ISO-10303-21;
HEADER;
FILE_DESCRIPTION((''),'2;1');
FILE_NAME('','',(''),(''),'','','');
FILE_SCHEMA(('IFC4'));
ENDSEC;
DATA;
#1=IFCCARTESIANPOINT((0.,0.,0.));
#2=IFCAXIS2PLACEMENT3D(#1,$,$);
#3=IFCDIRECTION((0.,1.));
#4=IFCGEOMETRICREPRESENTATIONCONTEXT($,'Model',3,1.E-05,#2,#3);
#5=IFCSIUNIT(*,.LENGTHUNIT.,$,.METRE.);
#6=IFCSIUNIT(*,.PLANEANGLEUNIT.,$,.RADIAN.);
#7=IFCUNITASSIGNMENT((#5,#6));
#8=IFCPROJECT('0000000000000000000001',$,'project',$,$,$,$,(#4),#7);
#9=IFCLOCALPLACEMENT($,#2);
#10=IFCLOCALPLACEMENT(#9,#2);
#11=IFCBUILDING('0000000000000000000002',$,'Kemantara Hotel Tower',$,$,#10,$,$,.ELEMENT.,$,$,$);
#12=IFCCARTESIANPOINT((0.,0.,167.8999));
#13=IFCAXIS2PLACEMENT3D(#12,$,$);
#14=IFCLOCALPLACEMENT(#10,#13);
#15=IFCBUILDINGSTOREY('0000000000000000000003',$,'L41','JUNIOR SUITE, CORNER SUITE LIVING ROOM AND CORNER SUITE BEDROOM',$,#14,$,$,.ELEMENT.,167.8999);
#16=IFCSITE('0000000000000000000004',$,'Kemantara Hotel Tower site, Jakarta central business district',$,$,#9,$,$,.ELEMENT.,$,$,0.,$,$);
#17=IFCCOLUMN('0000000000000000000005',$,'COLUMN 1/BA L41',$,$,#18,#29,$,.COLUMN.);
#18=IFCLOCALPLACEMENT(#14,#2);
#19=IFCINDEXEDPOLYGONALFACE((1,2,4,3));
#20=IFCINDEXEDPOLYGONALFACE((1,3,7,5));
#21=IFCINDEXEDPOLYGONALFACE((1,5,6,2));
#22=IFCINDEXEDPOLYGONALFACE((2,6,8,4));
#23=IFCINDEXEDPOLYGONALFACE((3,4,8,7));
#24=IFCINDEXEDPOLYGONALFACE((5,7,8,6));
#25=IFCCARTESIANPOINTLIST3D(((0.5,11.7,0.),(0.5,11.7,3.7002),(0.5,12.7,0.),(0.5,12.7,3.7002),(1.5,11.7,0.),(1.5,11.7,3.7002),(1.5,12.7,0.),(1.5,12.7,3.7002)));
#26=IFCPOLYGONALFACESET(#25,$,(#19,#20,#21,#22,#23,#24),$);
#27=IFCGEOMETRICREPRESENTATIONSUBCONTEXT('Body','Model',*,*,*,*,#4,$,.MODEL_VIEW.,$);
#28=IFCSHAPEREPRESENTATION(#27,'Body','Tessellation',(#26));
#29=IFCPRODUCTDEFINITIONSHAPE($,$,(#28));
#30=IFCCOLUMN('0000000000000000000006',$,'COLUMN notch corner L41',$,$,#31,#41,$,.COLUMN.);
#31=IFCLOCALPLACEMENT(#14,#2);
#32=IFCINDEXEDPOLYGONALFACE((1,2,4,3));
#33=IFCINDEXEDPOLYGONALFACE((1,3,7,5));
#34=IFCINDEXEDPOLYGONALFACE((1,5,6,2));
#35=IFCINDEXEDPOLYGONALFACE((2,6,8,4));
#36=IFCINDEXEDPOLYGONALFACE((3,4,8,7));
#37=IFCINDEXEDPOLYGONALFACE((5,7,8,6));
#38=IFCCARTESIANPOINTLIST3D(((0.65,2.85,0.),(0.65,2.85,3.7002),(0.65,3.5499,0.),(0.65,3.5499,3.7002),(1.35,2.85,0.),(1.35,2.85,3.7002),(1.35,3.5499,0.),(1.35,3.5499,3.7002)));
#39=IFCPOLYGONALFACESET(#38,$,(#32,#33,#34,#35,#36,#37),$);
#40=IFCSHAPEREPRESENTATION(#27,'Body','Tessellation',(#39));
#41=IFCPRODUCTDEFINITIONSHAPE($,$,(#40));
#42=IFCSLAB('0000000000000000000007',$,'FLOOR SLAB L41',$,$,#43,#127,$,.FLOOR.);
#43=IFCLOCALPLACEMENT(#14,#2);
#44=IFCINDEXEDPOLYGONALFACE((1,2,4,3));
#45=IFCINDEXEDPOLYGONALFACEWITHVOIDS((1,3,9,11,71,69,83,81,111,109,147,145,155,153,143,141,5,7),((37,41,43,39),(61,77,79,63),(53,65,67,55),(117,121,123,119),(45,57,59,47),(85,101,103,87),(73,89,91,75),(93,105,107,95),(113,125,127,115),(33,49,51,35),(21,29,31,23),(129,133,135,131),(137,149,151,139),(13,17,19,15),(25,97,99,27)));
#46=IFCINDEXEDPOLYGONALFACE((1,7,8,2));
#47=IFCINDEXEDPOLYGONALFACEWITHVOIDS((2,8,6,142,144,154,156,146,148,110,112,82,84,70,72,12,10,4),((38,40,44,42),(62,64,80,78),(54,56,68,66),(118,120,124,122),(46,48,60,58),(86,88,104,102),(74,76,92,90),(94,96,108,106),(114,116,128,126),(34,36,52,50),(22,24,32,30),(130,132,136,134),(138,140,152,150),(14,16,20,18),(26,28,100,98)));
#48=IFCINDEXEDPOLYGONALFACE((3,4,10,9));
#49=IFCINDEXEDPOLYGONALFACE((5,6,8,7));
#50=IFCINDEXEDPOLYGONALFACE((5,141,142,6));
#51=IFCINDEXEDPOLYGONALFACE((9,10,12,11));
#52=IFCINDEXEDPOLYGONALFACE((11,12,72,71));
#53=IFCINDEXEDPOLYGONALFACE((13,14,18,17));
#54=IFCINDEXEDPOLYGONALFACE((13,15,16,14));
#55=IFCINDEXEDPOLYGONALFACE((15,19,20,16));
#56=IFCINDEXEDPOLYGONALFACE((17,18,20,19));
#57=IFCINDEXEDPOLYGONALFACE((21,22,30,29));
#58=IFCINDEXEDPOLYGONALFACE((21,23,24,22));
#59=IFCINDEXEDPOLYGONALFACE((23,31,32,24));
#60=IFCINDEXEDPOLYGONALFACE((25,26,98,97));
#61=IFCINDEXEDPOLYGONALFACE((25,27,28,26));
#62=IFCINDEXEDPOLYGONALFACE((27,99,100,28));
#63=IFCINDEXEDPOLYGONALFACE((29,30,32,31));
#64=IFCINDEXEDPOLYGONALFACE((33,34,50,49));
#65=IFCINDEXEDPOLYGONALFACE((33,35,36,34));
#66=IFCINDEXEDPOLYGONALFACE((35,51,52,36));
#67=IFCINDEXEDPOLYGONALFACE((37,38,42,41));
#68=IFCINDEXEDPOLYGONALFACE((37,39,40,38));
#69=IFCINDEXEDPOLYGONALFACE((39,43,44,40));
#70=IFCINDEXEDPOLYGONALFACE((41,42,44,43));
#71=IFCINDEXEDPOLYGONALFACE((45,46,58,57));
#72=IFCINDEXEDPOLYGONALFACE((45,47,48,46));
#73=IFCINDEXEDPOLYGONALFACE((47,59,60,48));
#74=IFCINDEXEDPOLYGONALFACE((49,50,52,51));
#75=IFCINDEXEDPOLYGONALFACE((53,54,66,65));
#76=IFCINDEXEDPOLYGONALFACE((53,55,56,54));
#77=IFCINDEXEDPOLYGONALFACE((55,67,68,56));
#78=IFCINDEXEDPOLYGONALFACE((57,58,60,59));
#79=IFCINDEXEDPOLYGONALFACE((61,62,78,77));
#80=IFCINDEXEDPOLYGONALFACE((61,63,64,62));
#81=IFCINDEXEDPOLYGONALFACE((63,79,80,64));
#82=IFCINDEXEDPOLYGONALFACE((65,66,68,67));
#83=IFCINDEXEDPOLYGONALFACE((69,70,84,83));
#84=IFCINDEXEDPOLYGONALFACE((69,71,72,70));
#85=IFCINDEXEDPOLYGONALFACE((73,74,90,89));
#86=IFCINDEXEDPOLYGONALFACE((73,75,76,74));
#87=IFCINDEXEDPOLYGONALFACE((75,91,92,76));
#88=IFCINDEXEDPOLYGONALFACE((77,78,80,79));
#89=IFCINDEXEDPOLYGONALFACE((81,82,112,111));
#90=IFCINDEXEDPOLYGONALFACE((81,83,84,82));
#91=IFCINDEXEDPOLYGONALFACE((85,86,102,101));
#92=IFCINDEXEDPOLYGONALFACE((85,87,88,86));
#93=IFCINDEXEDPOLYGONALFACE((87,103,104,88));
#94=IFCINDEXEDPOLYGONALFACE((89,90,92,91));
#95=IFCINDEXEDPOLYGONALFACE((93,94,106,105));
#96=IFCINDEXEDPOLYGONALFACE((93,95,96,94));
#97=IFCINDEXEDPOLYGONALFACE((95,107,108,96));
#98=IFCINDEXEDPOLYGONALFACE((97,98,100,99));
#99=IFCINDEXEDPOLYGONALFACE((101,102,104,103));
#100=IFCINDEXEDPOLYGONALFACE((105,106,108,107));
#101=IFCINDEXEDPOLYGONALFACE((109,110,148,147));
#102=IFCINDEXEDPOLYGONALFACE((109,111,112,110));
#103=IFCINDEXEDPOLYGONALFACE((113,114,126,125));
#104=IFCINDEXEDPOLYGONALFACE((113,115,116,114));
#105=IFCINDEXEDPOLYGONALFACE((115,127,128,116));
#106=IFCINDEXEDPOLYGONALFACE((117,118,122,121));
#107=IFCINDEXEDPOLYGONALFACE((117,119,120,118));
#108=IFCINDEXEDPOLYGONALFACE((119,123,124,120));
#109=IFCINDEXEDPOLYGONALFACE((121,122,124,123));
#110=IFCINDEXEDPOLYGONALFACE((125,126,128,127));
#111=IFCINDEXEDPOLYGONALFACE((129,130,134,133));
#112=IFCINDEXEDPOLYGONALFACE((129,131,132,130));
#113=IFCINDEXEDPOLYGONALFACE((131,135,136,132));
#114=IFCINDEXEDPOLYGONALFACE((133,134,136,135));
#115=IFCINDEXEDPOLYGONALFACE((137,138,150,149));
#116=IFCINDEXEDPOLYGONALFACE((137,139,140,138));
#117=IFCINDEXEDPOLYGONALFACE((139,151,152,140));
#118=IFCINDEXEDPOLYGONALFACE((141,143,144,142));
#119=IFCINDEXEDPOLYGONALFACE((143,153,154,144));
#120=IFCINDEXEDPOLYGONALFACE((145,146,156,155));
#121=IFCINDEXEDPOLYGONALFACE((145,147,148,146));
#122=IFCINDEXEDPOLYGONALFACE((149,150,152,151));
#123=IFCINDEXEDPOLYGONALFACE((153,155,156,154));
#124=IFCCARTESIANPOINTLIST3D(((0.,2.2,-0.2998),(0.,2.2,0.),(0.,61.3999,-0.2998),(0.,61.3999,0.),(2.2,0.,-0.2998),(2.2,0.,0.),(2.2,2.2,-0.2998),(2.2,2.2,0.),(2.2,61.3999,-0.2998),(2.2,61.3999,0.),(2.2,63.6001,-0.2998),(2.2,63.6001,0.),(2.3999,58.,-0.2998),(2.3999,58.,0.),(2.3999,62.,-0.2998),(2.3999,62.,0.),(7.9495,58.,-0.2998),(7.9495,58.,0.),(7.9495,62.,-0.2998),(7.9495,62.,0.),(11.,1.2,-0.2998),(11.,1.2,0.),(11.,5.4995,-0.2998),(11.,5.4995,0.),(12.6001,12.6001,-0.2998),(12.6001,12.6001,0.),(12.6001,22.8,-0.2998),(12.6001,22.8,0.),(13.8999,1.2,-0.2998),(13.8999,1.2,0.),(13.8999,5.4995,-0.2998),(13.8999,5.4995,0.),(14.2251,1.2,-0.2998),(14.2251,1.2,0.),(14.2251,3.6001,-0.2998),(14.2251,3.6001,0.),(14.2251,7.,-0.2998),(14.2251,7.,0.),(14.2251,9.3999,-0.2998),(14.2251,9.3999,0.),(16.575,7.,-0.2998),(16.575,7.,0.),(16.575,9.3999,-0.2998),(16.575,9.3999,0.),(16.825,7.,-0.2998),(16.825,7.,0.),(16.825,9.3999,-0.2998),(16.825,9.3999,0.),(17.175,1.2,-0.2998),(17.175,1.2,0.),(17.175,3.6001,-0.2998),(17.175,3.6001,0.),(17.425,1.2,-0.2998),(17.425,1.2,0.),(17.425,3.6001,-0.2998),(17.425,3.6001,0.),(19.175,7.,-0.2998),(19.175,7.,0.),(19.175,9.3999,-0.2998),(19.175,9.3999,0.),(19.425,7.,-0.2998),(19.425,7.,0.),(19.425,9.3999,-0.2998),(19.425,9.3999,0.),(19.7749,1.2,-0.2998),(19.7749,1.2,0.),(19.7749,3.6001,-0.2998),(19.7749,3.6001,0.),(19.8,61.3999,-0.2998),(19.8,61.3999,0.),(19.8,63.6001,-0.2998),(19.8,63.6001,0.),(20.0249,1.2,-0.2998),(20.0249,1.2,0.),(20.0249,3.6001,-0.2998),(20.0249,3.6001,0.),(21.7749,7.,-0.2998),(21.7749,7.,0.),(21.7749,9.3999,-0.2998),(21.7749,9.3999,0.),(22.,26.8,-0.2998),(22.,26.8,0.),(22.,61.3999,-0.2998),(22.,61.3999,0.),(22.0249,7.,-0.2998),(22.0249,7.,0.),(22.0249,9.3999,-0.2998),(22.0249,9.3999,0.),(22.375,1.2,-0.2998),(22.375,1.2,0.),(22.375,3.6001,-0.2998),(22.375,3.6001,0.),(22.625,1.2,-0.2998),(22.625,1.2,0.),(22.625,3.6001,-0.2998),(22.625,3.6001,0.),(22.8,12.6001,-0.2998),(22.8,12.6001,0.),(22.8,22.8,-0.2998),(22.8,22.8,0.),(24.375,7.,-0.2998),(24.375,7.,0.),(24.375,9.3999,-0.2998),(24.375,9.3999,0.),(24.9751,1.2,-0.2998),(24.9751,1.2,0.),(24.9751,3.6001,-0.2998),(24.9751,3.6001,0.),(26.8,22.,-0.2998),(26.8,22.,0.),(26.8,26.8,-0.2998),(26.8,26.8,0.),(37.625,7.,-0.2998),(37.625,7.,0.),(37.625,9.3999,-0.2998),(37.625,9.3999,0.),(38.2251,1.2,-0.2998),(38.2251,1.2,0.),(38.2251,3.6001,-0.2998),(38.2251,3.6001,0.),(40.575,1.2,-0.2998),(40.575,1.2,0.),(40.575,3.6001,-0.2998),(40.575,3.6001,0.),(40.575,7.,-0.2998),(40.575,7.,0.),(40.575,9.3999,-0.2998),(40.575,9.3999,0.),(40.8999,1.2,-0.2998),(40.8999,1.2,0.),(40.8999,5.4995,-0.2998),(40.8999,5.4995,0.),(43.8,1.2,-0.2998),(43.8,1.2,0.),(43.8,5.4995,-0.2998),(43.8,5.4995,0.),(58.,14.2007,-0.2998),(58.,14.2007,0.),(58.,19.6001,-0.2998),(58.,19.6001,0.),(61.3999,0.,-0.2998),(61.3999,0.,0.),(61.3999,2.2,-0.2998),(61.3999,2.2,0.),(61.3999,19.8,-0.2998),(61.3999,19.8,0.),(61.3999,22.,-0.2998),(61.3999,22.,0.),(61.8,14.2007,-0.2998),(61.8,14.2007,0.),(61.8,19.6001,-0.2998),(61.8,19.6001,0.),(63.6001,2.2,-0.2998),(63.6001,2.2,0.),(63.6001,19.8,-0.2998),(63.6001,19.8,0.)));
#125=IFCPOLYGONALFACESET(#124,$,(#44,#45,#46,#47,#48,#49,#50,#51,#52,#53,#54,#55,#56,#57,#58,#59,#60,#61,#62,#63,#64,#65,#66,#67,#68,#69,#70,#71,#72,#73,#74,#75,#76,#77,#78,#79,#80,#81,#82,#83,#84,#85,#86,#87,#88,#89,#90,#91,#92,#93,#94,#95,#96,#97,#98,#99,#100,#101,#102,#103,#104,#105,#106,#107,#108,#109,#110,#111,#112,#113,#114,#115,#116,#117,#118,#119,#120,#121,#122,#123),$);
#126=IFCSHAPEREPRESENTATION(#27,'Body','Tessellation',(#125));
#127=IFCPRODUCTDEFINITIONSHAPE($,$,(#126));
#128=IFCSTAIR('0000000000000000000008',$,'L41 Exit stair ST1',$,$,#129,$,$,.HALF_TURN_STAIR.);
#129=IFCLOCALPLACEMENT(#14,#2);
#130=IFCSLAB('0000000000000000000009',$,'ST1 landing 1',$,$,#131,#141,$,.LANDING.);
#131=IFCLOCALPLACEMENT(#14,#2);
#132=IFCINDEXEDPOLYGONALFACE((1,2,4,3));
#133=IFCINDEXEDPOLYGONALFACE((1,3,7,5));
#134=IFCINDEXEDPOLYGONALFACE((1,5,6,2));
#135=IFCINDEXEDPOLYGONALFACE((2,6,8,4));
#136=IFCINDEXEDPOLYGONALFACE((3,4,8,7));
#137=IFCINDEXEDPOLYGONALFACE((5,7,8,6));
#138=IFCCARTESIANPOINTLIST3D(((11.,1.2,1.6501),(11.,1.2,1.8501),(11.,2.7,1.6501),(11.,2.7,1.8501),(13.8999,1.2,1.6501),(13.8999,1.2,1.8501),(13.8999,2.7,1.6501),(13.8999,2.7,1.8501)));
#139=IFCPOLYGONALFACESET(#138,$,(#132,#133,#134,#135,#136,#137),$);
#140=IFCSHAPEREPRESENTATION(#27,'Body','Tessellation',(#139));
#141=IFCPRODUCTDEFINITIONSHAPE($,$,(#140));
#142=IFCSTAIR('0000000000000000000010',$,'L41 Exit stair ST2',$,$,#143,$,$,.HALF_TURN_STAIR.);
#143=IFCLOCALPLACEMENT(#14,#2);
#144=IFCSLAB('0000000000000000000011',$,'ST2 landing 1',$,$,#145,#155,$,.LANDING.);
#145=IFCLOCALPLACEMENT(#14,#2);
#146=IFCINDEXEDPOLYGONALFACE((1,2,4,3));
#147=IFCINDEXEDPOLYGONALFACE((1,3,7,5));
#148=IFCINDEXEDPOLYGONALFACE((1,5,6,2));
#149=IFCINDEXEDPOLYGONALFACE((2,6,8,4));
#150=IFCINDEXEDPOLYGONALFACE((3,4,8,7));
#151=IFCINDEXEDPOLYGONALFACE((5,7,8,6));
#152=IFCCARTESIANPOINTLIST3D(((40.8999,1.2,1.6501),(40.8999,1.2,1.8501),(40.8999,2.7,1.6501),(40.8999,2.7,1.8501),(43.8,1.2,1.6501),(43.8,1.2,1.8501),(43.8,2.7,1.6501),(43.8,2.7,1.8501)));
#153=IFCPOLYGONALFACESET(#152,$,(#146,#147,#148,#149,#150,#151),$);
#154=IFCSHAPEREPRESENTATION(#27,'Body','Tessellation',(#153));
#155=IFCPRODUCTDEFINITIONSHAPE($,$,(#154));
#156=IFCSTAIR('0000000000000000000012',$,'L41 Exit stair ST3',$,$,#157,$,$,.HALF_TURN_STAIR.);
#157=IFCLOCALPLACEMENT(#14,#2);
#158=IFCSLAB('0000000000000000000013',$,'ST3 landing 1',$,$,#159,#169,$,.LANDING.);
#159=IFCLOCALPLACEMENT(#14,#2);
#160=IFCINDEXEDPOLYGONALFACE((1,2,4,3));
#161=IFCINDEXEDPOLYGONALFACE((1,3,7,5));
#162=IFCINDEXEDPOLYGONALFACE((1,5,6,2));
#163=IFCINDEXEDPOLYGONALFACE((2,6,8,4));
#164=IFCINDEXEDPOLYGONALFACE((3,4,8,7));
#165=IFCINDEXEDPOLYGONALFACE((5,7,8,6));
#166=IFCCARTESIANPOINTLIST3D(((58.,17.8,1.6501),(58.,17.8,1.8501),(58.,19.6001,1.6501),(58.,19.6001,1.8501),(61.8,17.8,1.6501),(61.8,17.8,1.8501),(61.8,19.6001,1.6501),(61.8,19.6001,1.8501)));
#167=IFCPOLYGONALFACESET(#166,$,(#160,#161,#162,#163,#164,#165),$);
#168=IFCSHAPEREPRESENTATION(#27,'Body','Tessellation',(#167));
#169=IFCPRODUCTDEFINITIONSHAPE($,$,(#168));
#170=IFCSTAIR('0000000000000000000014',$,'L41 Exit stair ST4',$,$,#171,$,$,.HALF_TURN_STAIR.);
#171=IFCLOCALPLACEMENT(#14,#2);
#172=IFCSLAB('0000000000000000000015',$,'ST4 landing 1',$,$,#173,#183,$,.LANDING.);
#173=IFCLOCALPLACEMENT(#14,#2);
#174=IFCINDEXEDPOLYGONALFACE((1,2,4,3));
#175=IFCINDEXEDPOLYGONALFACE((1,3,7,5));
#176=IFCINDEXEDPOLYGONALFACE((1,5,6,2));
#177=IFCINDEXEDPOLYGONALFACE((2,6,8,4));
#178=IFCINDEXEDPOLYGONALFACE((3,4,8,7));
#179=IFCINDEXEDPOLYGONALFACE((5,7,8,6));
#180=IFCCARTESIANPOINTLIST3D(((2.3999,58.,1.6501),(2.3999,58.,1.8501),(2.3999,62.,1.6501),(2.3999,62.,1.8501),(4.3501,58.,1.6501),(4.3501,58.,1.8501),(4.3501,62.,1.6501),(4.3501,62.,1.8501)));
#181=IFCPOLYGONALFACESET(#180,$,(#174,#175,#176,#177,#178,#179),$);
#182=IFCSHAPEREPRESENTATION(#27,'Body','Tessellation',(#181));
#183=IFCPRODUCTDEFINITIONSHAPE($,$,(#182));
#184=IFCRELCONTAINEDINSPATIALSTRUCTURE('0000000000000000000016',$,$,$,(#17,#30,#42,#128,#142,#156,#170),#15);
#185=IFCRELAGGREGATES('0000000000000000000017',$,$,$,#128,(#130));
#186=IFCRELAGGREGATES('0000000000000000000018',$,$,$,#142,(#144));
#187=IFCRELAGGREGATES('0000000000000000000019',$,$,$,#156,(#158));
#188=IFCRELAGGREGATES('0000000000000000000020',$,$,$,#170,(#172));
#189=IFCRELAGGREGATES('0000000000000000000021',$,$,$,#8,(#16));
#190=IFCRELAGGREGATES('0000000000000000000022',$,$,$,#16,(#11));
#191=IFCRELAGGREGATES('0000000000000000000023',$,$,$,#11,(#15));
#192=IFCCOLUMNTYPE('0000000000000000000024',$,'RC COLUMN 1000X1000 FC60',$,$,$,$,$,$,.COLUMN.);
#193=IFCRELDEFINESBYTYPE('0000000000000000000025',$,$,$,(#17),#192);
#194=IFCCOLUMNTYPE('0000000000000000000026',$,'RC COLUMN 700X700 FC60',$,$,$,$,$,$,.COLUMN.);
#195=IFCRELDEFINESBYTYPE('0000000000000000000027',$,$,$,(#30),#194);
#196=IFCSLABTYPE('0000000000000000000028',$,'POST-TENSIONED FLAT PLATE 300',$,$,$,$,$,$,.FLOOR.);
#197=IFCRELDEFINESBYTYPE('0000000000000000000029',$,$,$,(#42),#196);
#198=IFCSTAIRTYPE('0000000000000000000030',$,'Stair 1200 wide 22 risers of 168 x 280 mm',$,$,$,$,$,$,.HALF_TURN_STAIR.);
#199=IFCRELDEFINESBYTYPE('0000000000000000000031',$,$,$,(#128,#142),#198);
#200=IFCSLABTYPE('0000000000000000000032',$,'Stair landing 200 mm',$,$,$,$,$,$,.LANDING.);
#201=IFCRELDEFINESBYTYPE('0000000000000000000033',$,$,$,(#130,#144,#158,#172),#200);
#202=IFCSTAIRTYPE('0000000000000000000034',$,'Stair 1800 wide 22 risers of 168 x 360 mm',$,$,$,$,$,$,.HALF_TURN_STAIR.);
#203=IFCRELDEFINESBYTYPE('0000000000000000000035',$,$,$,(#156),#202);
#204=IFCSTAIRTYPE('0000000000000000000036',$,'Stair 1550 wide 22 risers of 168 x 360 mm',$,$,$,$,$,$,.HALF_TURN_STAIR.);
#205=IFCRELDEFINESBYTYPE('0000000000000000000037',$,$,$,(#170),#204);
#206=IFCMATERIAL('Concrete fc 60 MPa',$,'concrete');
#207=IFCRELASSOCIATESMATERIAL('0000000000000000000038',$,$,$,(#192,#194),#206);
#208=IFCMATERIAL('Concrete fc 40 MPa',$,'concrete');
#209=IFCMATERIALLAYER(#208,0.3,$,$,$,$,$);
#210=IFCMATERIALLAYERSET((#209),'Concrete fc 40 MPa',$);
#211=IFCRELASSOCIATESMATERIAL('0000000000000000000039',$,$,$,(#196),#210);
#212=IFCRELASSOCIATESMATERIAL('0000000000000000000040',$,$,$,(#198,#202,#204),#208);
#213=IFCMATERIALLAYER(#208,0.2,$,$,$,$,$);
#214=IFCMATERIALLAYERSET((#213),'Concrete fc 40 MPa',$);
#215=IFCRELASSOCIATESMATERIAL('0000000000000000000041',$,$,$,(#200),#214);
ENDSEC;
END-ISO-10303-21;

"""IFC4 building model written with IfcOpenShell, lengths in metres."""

from ifc_helpers import new_model, si_unit, direction, frame, origin, origin_2d, place, context, subcontext, project, spatial, polyline, rectangle, outline, extrude, material, layer, layer_set, material_profile, profile_set, type_object, element, aggregate, save


model = new_model("IFC4")

# Units and contexts
model_context = context("Model", 3, precision=1e-05, world=origin(), true_north=direction((0.0, 1.0)))
body_context = subcontext(model_context, "Body", "Model", "MODEL_VIEW")
ifc_project = project(units=[si_unit("LENGTHUNIT", "METRE"), si_unit("PLANEANGLEUNIT", "RADIAN")], contexts=[model_context])

# Site, building, storey
site_placement = place(None, origin())
site = spatial("IfcSite", under=ifc_project, at=site_placement, Name="Kemantara Hotel Tower site, Jakarta central business district", CompositionType="ELEMENT", RefElevation=0.0)
building_placement = place(site_placement, origin())
building = spatial("IfcBuilding", under=site, at=building_placement, Name="Kemantara Hotel Tower", CompositionType="ELEMENT")
storey_placement = place(building_placement, frame((0.0, 0.0, 167.8999)))
storey = spatial("IfcBuildingStorey", under=building, at=storey_placement, Name="L41", Description="JUNIOR SUITE, CORNER SUITE LIVING ROOM AND CORNER SUITE BEDROOM", CompositionType="ELEMENT", Elevation=167.8999)

# Columns
ifc_material_1 = material(Name="Concrete fc 60 MPa", Category="concrete")
ifc_material_profile_1 = material_profile(ifc_material_1, rectangle(XDim=1.0, YDim=1.0, at=origin_2d()), Name="RC 1000X1000")
ifc_profile_set_1 = profile_set([ifc_material_profile_1], Name="Concrete fc 60 MPa")
column_type_1 = type_object("IfcColumnType", Name="RC COLUMN 1000X1000 FC60", PredefinedType="COLUMN", material=ifc_profile_set_1)
column_1_placement = place(storey_placement, frame((1.0, 12.2, 0.0), z_axis=(0.0, 0.0, 1.0), x_axis=(1.0, 0.0, 0.0)))
element("IfcColumn", 1, at=column_1_placement, inside=storey, type_object=column_type_1, Name="COLUMN 1/BA L41", PredefinedType="COLUMN", context=body_context, shape_type="SweptSolid", body=[
    extrude(rectangle(XDim=1.0, YDim=1.0, at=origin_2d()), origin(), (0.0, 0.0, 1.0), 3.7002),
])
ifc_material_profile_2 = material_profile(ifc_material_1, rectangle(XDim=0.7, YDim=0.7, at=origin_2d()), Name="RC 700X700")
ifc_profile_set_2 = profile_set([ifc_material_profile_2], Name="Concrete fc 60 MPa")
column_type_2 = type_object("IfcColumnType", Name="RC COLUMN 700X700 FC60", PredefinedType="COLUMN", material=ifc_profile_set_2)
column_2_placement = place(storey_placement, frame((1.0, 3.2, 0.0), z_axis=(0.0, 0.0, 1.0), x_axis=(1.0, 0.0, 0.0)))
element("IfcColumn", 2, at=column_2_placement, inside=storey, type_object=column_type_2, Name="COLUMN notch corner L41", PredefinedType="COLUMN", context=body_context, shape_type="SweptSolid", body=[
    extrude(rectangle(XDim=0.7, YDim=0.7, at=origin_2d()), origin(), (0.0, 0.0, 1.0), 3.7002),
])

# Slab
ifc_material_2 = material(Name="Concrete fc 40 MPa", Category="concrete")
ifc_layer_1 = layer(ifc_material_2, 0.3)
ifc_layer_set_1 = layer_set([ifc_layer_1], Name="Concrete fc 40 MPa")
slab_type_1 = type_object("IfcSlabType", Name="POST-TENSIONED FLAT PLATE 300", PredefinedType="FLOOR", material=ifc_layer_set_1)
slab_1_placement = place(storey_placement, frame((0.0, 0.0, -0.2998)))
element("IfcSlab", 3, at=slab_1_placement, inside=storey, type_object=slab_type_1, Name="FLOOR SLAB L41", PredefinedType="FLOOR", context=body_context, shape_type="SweptSolid", body=[
    extrude(outline(polyline([(22.0, 26.8), (22.0, 61.3999), (19.8, 61.3999), (19.8, 63.6001), (2.2, 63.6001), (2.2, 61.3999), (0.0, 61.3999), (0.0, 2.2), (2.2, 2.2), (2.2, 0.0), (61.3999, 0.0), (61.3999, 2.2), (63.6001, 2.2), (63.6001, 19.8), (61.3999, 19.8), (61.3999, 22.0), (26.8, 22.0), (26.8, 26.8), (22.0, 26.8)]), holes=[polyline([(17.175, 3.6001), (17.175, 1.2), (14.2251, 1.2), (14.2251, 3.6001), (17.175, 3.6001)]), polyline([(19.7749, 1.2), (17.425, 1.2), (17.425, 3.6001), (19.7749, 3.6001), (19.7749, 1.2)]), polyline([(11.0, 1.2), (11.0, 5.4995), (13.8999, 5.4995), (13.8999, 1.2), (11.0, 1.2)]), polyline([(16.575, 7.0), (14.2251, 7.0), (14.2251, 9.3999), (16.575, 9.3999), (16.575, 7.0)]), polyline([(19.175, 7.0), (16.825, 7.0), (16.825, 9.3999), (19.175, 9.3999), (19.175, 7.0)]), polyline([(21.7749, 7.0), (19.425, 7.0), (19.425, 9.3999), (21.7749, 9.3999), (21.7749, 7.0)]), polyline([(22.8, 12.6001), (12.6001, 12.6001), (12.6001, 22.8), (22.8, 22.8), (22.8, 12.6001)]), polyline([(2.3999, 62.0), (7.9495, 62.0), (7.9495, 58.0), (2.3999, 58.0), (2.3999, 62.0)]), polyline([(22.375, 1.2), (20.0249, 1.2), (20.0249, 3.6001), (22.375, 3.6001), (22.375, 1.2)]), polyline([(24.9751, 1.2), (22.625, 1.2), (22.625, 3.6001), (24.9751, 3.6001), (24.9751, 1.2)]), polyline([(40.575, 1.2), (38.2251, 1.2), (38.2251, 3.6001), (40.575, 3.6001), (40.575, 1.2)]), polyline([(40.8999, 1.2), (40.8999, 5.4995), (43.8, 5.4995), (43.8, 1.2), (40.8999, 1.2)]), polyline([(24.375, 7.0), (22.0249, 7.0), (22.0249, 9.3999), (24.375, 9.3999), (24.375, 7.0)]), polyline([(40.575, 7.0), (37.625, 7.0), (37.625, 9.3999), (40.575, 9.3999), (40.575, 7.0)]), polyline([(61.8, 19.6001), (61.8, 14.2007), (58.0, 14.2007), (58.0, 19.6001), (61.8, 19.6001)])]), origin(), (0.0, 0.0, 1.0), 0.2998),
])

# Stairs, slabs
stair_type_1 = type_object("IfcStairType", Name="Stair 1200 wide 22 risers of 168 x 280 mm", PredefinedType="HALF_TURN_STAIR", material=ifc_material_2)
stair_1_placement = place(storey_placement, origin())
stair_1 = element("IfcStair", 4, at=stair_1_placement, inside=storey, type_object=stair_type_1, Name="L41 Exit stair ST1", PredefinedType="HALF_TURN_STAIR")
ifc_layer_2 = layer(ifc_material_2, 0.2)
ifc_layer_set_2 = layer_set([ifc_layer_2], Name="Concrete fc 40 MPa")
slab_type_2 = type_object("IfcSlabType", Name="Stair landing 200 mm", PredefinedType="LANDING", material=ifc_layer_set_2)
slab_2_placement = place(storey_placement, frame((0.0, 0.0, 1.6501)))
slab_2 = element("IfcSlab", 5, at=slab_2_placement, type_object=slab_type_2, Name="ST1 landing 1", PredefinedType="LANDING", context=body_context, shape_type="SweptSolid", body=[
    extrude(outline(polyline([(11.0, 2.7), (11.0, 1.2), (13.8999, 1.2), (13.8999, 2.7), (11.0, 2.7)])), origin(), (0.0, 0.0, 1.0), 0.2),
])
aggregate(stair_1, [slab_2])
stair_2_placement = place(storey_placement, origin())
stair_2 = element("IfcStair", 6, at=stair_2_placement, inside=storey, type_object=stair_type_1, Name="L41 Exit stair ST2", PredefinedType="HALF_TURN_STAIR")
slab_3_placement = place(storey_placement, frame((0.0, 0.0, 1.6501)))
slab_3 = element("IfcSlab", 7, at=slab_3_placement, type_object=slab_type_2, Name="ST2 landing 1", PredefinedType="LANDING", context=body_context, shape_type="SweptSolid", body=[
    extrude(outline(polyline([(40.8999, 2.7), (40.8999, 1.2), (43.8, 1.2), (43.8, 2.7), (40.8999, 2.7)])), origin(), (0.0, 0.0, 1.0), 0.2),
])
aggregate(stair_2, [slab_3])
stair_type_2 = type_object("IfcStairType", Name="Stair 1800 wide 22 risers of 168 x 360 mm", PredefinedType="HALF_TURN_STAIR", material=ifc_material_2)
stair_3_placement = place(storey_placement, origin())
stair_3 = element("IfcStair", 8, at=stair_3_placement, inside=storey, type_object=stair_type_2, Name="L41 Exit stair ST3", PredefinedType="HALF_TURN_STAIR")
slab_4_placement = place(storey_placement, frame((0.0, 0.0, 1.6501)))
slab_4 = element("IfcSlab", 9, at=slab_4_placement, type_object=slab_type_2, Name="ST3 landing 1", PredefinedType="LANDING", context=body_context, shape_type="SweptSolid", body=[
    extrude(outline(polyline([(61.8, 17.8), (61.8, 19.6001), (58.0, 19.6001), (58.0, 17.8), (61.8, 17.8)])), origin(), (0.0, 0.0, 1.0), 0.2),
])
aggregate(stair_3, [slab_4])
stair_type_3 = type_object("IfcStairType", Name="Stair 1550 wide 22 risers of 168 x 360 mm", PredefinedType="HALF_TURN_STAIR", material=ifc_material_2)
stair_4_placement = place(storey_placement, origin())
stair_4 = element("IfcStair", 10, at=stair_4_placement, inside=storey, type_object=stair_type_3, Name="L41 Exit stair ST4", PredefinedType="HALF_TURN_STAIR")
slab_5_placement = place(storey_placement, frame((0.0, 0.0, 1.6501)))
slab_5 = element("IfcSlab", 11, at=slab_5_placement, type_object=slab_type_2, Name="ST4 landing 1", PredefinedType="LANDING", context=body_context, shape_type="SweptSolid", body=[
    extrude(outline(polyline([(4.3501, 62.0), (2.3999, 62.0), (2.3999, 58.0), (4.3501, 58.0), (4.3501, 62.0)])), origin(), (0.0, 0.0, 1.0), 0.2),
])
aggregate(stair_4, [slab_5])

save(model, "model.ifc")
